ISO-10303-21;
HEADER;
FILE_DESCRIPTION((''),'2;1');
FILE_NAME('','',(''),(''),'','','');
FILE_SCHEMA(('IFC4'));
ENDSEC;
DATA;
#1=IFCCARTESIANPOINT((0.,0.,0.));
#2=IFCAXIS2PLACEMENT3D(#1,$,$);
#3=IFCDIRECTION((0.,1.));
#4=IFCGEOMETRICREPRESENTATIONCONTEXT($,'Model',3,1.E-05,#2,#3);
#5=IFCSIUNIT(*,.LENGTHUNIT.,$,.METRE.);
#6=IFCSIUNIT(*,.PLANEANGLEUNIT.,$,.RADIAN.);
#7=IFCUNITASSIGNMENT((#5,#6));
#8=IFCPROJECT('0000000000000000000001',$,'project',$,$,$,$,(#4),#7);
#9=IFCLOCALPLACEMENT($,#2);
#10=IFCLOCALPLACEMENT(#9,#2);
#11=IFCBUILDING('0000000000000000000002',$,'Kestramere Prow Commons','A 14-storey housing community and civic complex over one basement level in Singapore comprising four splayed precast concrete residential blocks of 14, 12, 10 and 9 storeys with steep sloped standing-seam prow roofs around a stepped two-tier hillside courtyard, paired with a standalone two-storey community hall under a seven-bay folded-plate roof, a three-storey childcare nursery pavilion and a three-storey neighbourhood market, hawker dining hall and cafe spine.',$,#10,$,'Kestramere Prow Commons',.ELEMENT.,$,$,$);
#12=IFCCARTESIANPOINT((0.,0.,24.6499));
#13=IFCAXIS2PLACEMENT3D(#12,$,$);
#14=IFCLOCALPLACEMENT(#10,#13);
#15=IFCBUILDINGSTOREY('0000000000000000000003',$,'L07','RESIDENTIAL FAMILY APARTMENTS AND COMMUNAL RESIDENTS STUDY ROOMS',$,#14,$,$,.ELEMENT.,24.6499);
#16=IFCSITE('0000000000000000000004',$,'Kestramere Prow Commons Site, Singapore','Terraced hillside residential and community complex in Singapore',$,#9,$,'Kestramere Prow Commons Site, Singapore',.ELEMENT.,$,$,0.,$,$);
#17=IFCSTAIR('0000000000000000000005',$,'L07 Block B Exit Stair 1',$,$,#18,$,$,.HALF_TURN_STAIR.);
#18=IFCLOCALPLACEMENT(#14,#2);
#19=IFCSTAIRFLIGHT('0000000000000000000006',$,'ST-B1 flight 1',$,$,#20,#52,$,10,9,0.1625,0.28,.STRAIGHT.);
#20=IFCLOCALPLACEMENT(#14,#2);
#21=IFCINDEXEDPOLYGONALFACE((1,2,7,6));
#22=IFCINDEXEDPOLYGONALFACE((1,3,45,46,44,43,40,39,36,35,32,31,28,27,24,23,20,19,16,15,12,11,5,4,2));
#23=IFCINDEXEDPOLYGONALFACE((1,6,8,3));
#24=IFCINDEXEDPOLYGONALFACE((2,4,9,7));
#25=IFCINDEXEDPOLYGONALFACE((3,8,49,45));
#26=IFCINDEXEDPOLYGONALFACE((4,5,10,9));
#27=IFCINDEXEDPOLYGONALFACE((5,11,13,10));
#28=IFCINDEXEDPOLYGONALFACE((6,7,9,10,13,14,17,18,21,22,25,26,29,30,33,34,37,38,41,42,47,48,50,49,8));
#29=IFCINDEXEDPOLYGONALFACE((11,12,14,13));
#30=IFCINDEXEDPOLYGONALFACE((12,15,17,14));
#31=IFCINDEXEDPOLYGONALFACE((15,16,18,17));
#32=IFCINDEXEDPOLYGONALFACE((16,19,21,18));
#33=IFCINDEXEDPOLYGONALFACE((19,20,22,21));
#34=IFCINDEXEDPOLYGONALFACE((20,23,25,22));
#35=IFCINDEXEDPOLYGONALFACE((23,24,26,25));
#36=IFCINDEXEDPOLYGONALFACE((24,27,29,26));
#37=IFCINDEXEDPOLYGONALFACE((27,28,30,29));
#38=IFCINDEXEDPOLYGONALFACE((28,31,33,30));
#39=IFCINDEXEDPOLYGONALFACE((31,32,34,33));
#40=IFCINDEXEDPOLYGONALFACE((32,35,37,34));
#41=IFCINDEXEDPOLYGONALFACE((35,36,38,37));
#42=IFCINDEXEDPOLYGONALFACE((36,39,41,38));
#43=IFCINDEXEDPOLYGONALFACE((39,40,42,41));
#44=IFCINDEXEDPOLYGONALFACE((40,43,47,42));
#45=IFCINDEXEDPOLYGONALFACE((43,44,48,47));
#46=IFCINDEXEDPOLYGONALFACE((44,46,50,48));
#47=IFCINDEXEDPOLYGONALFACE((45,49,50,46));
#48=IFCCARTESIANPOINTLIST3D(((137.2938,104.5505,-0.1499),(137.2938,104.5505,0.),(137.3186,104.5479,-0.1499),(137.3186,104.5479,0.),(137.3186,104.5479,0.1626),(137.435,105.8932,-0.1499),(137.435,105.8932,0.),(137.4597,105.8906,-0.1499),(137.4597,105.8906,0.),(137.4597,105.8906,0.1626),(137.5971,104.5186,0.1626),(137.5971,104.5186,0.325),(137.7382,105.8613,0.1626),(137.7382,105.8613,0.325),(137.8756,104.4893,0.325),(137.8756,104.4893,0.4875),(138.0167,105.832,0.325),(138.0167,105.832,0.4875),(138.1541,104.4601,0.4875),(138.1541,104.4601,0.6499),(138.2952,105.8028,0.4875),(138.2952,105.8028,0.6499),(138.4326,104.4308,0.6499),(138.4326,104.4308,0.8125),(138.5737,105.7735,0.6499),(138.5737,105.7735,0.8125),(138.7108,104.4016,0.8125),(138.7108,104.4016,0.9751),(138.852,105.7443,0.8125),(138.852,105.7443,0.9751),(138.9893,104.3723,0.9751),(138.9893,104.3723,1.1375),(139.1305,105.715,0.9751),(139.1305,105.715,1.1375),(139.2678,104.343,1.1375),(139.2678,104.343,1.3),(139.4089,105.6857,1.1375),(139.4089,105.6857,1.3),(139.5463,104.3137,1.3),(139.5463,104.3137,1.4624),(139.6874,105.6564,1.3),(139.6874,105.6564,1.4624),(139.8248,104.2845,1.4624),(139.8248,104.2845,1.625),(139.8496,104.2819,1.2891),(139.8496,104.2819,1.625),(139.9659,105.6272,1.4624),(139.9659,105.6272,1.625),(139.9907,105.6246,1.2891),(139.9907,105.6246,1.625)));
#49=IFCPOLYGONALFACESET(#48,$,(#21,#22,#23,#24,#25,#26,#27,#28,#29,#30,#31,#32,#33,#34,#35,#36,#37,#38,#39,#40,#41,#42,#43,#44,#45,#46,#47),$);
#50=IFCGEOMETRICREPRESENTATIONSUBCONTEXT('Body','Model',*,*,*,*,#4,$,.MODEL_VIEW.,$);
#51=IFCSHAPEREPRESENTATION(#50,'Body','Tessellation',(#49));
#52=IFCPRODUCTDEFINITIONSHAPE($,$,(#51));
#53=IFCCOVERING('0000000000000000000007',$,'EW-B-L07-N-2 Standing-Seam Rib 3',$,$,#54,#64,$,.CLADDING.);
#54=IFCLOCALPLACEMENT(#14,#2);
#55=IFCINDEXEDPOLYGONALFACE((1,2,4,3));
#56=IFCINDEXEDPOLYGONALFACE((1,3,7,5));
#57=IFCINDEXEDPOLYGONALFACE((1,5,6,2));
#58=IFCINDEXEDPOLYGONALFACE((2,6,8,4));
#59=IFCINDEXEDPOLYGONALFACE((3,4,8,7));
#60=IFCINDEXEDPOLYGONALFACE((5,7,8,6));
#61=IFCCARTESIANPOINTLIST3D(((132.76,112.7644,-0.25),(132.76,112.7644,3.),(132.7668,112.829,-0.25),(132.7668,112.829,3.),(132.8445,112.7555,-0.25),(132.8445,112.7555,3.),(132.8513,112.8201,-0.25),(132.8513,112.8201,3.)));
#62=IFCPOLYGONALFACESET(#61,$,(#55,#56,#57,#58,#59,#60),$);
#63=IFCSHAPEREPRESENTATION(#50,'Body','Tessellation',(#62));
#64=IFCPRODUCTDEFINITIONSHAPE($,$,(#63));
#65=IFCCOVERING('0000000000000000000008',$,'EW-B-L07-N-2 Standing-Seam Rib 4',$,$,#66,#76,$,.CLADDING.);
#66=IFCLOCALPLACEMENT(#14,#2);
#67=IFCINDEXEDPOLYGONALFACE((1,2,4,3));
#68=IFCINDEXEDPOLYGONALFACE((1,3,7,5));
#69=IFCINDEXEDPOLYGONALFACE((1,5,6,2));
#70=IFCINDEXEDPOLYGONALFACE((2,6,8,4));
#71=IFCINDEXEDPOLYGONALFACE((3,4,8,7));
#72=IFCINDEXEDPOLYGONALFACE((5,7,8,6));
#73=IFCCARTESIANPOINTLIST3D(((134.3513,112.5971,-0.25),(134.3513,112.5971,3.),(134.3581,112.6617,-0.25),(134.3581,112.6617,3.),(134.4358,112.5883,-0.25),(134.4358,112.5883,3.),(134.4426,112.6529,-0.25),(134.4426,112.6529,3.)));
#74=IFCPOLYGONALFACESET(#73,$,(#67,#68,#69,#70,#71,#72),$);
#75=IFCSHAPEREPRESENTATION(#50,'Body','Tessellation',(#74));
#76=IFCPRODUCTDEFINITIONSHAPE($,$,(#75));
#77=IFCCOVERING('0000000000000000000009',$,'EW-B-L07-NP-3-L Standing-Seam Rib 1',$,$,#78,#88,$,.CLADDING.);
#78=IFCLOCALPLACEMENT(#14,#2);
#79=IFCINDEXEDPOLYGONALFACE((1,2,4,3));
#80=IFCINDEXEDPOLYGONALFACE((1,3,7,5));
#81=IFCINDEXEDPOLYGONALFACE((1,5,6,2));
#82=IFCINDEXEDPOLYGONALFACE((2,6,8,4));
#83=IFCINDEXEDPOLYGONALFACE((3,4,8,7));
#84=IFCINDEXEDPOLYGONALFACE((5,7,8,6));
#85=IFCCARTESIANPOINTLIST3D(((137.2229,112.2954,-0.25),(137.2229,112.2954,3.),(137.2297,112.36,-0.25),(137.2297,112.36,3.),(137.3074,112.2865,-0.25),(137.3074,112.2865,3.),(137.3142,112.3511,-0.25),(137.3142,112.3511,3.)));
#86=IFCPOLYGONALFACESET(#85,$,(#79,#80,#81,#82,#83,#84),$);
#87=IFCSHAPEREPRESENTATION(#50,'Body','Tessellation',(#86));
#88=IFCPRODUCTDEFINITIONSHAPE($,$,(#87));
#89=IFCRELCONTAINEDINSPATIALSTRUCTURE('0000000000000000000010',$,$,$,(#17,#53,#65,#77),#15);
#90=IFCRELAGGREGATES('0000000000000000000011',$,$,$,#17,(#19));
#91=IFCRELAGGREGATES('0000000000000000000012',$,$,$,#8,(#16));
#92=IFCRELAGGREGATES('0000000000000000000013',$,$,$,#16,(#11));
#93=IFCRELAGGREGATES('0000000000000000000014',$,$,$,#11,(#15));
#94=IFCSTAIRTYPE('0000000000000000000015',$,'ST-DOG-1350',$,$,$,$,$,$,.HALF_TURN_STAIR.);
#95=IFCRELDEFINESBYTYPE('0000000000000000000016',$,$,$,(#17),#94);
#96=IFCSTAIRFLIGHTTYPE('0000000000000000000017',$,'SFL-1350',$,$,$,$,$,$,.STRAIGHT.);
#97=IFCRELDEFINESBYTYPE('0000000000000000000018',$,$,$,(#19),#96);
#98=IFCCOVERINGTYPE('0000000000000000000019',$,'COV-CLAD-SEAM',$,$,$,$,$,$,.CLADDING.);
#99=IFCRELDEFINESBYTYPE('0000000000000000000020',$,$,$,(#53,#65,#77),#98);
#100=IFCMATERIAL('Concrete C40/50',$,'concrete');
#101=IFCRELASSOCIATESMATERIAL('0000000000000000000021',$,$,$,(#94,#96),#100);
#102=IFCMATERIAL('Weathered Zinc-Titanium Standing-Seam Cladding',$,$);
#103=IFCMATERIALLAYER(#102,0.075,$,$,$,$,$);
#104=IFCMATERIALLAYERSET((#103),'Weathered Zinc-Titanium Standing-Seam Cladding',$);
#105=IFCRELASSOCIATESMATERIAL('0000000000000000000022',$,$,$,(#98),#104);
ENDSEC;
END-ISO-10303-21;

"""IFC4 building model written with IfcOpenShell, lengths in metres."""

from ifc_helpers import new_model, si_unit, direction, frame, origin, origin_2d, place, context, subcontext, project, spatial, polyline, rectangle, outline, extrude, material, layer, layer_set, type_object, element, aggregate, save


model = new_model("IFC4")

# Units and contexts
model_context = context("Model", 3, precision=1e-05, world=origin(), true_north=direction((0.0, 1.0)))
body_context = subcontext(model_context, "Body", "Model", "MODEL_VIEW")
ifc_project = project(units=[si_unit("LENGTHUNIT", "METRE"), si_unit("PLANEANGLEUNIT", "RADIAN")], contexts=[model_context])

# Site, building, storey
site_placement = place(None, origin())
site = spatial("IfcSite", under=ifc_project, at=site_placement, Name="Kestramere Prow Commons Site, Singapore", Description="Terraced hillside residential and community complex in Singapore", LongName="Kestramere Prow Commons Site, Singapore", CompositionType="ELEMENT", RefElevation=0.0)
building_placement = place(site_placement, origin())
building = spatial("IfcBuilding", under=site, at=building_placement, Name="Kestramere Prow Commons", Description="A 14-storey housing community and civic complex over one basement level in Singapore comprising four splayed precast concrete residential blocks of 14, 12, 10 and 9 storeys with steep sloped standing-seam prow roofs around a stepped two-tier hillside courtyard, paired with a standalone two-storey community hall under a seven-bay folded-plate roof, a three-storey childcare nursery pavilion and a three-storey neighbourhood market, hawker dining hall and cafe spine.", LongName="Kestramere Prow Commons", CompositionType="ELEMENT")
storey_placement = place(building_placement, frame((0.0, 0.0, 24.6499)))
storey = spatial("IfcBuildingStorey", under=building, at=storey_placement, Name="L07", Description="RESIDENTIAL FAMILY APARTMENTS AND COMMUNAL RESIDENTS STUDY ROOMS", CompositionType="ELEMENT", Elevation=24.6499)

# Shared definitions
ifc_material_1 = material(Name="Concrete C40/50", Category="concrete")

# Stair, stair flight
stair_type = type_object("IfcStairType", Name="ST-DOG-1350", PredefinedType="HALF_TURN_STAIR", material=ifc_material_1)
stair_placement = place(storey_placement, origin())
stair = element("IfcStair", 1, at=stair_placement, inside=storey, type_object=stair_type, Name="L07 Block B Exit Stair 1", PredefinedType="HALF_TURN_STAIR")
stair_flight_type = type_object("IfcStairFlightType", Name="SFL-1350", PredefinedType="STRAIGHT", material=ifc_material_1)
stair_flight_placement = place(storey_placement, frame((137.3892, 105.2192, 0.0), z_axis=(0.0, 0.0, 1.0), x_axis=(0.994522, -0.104528, 0.0)))
stair_flight = element("IfcStairFlight", 2, at=stair_flight_placement, type_object=stair_flight_type, Name="ST-B1 flight 1", NumberOfRisers=10, NumberOfTreads=9, PredefinedType="STRAIGHT", RiserHeight=0.1625, TreadLength=0.28, context=body_context, shape_type="SweptSolid", body=[
    extrude(outline(polyline([(-0.0249, 0.0), (0.0, 0.0), (0.0, 0.1626), (0.28, 0.1626), (0.28, 0.325), (0.5601, 0.325), (0.5601, 0.4875), (0.8401, 0.4875), (0.8401, 0.6499), (1.1201, 0.6499), (1.1201, 0.8125), (1.3999, 0.8125), (1.3999, 0.9751), (1.6799, 0.9751), (1.6799, 1.1375), (1.96, 1.1375), (1.96, 1.3), (2.24, 1.3), (2.24, 1.4624), (2.52, 1.4624), (2.52, 1.625), (2.5449, 1.625), (2.5449, 1.2891), (0.0, -0.1499), (-0.0249, -0.1499), (-0.0249, 0.0)])), frame((0.0, 0.675, 0.0), z_axis=(0.0, -1.0, 0.0), x_axis=(1.0, 0.0, 0.0)), (0.0, 0.0, 1.0), 1.3501),
])
aggregate(stair, [stair_flight])

# Coverings
ifc_material_2 = material(Name="Weathered Zinc-Titanium Standing-Seam Cladding")
ifc_layer_1 = layer(ifc_material_2, 0.075)
ifc_layer_set_1 = layer_set([ifc_layer_1], Name="Weathered Zinc-Titanium Standing-Seam Cladding")
covering_type = type_object("IfcCoveringType", Name="COV-CLAD-SEAM", PredefinedType="CLADDING", material=ifc_layer_set_1)
for number, where, z_axis, x_axis, name in (
    (3, (132.8057, 112.7922, -0.25), (0.0, 0.0, 1.0), (0.994522, -0.104528, 0.0), "EW-B-L07-N-2 Standing-Seam Rib 3"),
    (4, (134.397, 112.625, -0.25), (0.0, 0.0, 1.0), (0.994522, -0.104528, 0.0), "EW-B-L07-N-2 Standing-Seam Rib 4"),
    (5, (137.2686, 112.3232, -0.25), (0.0, 0.0, 1.0), (0.994522, -0.104528, 0.0), "EW-B-L07-NP-3-L Standing-Seam Rib 1"),
):
    element("IfcCovering", number, at=place(storey_placement, frame(where, z_axis=z_axis, x_axis=x_axis)), inside=storey, type_object=covering_type, Name=name, PredefinedType="CLADDING", context=body_context, shape_type="SweptSolid", body=[
        extrude(rectangle(XDim=0.085, YDim=0.0649, at=origin_2d()), origin(), (0.0, 0.0, 1.0), 3.25),
    ])

save(model, "model.ifc")
